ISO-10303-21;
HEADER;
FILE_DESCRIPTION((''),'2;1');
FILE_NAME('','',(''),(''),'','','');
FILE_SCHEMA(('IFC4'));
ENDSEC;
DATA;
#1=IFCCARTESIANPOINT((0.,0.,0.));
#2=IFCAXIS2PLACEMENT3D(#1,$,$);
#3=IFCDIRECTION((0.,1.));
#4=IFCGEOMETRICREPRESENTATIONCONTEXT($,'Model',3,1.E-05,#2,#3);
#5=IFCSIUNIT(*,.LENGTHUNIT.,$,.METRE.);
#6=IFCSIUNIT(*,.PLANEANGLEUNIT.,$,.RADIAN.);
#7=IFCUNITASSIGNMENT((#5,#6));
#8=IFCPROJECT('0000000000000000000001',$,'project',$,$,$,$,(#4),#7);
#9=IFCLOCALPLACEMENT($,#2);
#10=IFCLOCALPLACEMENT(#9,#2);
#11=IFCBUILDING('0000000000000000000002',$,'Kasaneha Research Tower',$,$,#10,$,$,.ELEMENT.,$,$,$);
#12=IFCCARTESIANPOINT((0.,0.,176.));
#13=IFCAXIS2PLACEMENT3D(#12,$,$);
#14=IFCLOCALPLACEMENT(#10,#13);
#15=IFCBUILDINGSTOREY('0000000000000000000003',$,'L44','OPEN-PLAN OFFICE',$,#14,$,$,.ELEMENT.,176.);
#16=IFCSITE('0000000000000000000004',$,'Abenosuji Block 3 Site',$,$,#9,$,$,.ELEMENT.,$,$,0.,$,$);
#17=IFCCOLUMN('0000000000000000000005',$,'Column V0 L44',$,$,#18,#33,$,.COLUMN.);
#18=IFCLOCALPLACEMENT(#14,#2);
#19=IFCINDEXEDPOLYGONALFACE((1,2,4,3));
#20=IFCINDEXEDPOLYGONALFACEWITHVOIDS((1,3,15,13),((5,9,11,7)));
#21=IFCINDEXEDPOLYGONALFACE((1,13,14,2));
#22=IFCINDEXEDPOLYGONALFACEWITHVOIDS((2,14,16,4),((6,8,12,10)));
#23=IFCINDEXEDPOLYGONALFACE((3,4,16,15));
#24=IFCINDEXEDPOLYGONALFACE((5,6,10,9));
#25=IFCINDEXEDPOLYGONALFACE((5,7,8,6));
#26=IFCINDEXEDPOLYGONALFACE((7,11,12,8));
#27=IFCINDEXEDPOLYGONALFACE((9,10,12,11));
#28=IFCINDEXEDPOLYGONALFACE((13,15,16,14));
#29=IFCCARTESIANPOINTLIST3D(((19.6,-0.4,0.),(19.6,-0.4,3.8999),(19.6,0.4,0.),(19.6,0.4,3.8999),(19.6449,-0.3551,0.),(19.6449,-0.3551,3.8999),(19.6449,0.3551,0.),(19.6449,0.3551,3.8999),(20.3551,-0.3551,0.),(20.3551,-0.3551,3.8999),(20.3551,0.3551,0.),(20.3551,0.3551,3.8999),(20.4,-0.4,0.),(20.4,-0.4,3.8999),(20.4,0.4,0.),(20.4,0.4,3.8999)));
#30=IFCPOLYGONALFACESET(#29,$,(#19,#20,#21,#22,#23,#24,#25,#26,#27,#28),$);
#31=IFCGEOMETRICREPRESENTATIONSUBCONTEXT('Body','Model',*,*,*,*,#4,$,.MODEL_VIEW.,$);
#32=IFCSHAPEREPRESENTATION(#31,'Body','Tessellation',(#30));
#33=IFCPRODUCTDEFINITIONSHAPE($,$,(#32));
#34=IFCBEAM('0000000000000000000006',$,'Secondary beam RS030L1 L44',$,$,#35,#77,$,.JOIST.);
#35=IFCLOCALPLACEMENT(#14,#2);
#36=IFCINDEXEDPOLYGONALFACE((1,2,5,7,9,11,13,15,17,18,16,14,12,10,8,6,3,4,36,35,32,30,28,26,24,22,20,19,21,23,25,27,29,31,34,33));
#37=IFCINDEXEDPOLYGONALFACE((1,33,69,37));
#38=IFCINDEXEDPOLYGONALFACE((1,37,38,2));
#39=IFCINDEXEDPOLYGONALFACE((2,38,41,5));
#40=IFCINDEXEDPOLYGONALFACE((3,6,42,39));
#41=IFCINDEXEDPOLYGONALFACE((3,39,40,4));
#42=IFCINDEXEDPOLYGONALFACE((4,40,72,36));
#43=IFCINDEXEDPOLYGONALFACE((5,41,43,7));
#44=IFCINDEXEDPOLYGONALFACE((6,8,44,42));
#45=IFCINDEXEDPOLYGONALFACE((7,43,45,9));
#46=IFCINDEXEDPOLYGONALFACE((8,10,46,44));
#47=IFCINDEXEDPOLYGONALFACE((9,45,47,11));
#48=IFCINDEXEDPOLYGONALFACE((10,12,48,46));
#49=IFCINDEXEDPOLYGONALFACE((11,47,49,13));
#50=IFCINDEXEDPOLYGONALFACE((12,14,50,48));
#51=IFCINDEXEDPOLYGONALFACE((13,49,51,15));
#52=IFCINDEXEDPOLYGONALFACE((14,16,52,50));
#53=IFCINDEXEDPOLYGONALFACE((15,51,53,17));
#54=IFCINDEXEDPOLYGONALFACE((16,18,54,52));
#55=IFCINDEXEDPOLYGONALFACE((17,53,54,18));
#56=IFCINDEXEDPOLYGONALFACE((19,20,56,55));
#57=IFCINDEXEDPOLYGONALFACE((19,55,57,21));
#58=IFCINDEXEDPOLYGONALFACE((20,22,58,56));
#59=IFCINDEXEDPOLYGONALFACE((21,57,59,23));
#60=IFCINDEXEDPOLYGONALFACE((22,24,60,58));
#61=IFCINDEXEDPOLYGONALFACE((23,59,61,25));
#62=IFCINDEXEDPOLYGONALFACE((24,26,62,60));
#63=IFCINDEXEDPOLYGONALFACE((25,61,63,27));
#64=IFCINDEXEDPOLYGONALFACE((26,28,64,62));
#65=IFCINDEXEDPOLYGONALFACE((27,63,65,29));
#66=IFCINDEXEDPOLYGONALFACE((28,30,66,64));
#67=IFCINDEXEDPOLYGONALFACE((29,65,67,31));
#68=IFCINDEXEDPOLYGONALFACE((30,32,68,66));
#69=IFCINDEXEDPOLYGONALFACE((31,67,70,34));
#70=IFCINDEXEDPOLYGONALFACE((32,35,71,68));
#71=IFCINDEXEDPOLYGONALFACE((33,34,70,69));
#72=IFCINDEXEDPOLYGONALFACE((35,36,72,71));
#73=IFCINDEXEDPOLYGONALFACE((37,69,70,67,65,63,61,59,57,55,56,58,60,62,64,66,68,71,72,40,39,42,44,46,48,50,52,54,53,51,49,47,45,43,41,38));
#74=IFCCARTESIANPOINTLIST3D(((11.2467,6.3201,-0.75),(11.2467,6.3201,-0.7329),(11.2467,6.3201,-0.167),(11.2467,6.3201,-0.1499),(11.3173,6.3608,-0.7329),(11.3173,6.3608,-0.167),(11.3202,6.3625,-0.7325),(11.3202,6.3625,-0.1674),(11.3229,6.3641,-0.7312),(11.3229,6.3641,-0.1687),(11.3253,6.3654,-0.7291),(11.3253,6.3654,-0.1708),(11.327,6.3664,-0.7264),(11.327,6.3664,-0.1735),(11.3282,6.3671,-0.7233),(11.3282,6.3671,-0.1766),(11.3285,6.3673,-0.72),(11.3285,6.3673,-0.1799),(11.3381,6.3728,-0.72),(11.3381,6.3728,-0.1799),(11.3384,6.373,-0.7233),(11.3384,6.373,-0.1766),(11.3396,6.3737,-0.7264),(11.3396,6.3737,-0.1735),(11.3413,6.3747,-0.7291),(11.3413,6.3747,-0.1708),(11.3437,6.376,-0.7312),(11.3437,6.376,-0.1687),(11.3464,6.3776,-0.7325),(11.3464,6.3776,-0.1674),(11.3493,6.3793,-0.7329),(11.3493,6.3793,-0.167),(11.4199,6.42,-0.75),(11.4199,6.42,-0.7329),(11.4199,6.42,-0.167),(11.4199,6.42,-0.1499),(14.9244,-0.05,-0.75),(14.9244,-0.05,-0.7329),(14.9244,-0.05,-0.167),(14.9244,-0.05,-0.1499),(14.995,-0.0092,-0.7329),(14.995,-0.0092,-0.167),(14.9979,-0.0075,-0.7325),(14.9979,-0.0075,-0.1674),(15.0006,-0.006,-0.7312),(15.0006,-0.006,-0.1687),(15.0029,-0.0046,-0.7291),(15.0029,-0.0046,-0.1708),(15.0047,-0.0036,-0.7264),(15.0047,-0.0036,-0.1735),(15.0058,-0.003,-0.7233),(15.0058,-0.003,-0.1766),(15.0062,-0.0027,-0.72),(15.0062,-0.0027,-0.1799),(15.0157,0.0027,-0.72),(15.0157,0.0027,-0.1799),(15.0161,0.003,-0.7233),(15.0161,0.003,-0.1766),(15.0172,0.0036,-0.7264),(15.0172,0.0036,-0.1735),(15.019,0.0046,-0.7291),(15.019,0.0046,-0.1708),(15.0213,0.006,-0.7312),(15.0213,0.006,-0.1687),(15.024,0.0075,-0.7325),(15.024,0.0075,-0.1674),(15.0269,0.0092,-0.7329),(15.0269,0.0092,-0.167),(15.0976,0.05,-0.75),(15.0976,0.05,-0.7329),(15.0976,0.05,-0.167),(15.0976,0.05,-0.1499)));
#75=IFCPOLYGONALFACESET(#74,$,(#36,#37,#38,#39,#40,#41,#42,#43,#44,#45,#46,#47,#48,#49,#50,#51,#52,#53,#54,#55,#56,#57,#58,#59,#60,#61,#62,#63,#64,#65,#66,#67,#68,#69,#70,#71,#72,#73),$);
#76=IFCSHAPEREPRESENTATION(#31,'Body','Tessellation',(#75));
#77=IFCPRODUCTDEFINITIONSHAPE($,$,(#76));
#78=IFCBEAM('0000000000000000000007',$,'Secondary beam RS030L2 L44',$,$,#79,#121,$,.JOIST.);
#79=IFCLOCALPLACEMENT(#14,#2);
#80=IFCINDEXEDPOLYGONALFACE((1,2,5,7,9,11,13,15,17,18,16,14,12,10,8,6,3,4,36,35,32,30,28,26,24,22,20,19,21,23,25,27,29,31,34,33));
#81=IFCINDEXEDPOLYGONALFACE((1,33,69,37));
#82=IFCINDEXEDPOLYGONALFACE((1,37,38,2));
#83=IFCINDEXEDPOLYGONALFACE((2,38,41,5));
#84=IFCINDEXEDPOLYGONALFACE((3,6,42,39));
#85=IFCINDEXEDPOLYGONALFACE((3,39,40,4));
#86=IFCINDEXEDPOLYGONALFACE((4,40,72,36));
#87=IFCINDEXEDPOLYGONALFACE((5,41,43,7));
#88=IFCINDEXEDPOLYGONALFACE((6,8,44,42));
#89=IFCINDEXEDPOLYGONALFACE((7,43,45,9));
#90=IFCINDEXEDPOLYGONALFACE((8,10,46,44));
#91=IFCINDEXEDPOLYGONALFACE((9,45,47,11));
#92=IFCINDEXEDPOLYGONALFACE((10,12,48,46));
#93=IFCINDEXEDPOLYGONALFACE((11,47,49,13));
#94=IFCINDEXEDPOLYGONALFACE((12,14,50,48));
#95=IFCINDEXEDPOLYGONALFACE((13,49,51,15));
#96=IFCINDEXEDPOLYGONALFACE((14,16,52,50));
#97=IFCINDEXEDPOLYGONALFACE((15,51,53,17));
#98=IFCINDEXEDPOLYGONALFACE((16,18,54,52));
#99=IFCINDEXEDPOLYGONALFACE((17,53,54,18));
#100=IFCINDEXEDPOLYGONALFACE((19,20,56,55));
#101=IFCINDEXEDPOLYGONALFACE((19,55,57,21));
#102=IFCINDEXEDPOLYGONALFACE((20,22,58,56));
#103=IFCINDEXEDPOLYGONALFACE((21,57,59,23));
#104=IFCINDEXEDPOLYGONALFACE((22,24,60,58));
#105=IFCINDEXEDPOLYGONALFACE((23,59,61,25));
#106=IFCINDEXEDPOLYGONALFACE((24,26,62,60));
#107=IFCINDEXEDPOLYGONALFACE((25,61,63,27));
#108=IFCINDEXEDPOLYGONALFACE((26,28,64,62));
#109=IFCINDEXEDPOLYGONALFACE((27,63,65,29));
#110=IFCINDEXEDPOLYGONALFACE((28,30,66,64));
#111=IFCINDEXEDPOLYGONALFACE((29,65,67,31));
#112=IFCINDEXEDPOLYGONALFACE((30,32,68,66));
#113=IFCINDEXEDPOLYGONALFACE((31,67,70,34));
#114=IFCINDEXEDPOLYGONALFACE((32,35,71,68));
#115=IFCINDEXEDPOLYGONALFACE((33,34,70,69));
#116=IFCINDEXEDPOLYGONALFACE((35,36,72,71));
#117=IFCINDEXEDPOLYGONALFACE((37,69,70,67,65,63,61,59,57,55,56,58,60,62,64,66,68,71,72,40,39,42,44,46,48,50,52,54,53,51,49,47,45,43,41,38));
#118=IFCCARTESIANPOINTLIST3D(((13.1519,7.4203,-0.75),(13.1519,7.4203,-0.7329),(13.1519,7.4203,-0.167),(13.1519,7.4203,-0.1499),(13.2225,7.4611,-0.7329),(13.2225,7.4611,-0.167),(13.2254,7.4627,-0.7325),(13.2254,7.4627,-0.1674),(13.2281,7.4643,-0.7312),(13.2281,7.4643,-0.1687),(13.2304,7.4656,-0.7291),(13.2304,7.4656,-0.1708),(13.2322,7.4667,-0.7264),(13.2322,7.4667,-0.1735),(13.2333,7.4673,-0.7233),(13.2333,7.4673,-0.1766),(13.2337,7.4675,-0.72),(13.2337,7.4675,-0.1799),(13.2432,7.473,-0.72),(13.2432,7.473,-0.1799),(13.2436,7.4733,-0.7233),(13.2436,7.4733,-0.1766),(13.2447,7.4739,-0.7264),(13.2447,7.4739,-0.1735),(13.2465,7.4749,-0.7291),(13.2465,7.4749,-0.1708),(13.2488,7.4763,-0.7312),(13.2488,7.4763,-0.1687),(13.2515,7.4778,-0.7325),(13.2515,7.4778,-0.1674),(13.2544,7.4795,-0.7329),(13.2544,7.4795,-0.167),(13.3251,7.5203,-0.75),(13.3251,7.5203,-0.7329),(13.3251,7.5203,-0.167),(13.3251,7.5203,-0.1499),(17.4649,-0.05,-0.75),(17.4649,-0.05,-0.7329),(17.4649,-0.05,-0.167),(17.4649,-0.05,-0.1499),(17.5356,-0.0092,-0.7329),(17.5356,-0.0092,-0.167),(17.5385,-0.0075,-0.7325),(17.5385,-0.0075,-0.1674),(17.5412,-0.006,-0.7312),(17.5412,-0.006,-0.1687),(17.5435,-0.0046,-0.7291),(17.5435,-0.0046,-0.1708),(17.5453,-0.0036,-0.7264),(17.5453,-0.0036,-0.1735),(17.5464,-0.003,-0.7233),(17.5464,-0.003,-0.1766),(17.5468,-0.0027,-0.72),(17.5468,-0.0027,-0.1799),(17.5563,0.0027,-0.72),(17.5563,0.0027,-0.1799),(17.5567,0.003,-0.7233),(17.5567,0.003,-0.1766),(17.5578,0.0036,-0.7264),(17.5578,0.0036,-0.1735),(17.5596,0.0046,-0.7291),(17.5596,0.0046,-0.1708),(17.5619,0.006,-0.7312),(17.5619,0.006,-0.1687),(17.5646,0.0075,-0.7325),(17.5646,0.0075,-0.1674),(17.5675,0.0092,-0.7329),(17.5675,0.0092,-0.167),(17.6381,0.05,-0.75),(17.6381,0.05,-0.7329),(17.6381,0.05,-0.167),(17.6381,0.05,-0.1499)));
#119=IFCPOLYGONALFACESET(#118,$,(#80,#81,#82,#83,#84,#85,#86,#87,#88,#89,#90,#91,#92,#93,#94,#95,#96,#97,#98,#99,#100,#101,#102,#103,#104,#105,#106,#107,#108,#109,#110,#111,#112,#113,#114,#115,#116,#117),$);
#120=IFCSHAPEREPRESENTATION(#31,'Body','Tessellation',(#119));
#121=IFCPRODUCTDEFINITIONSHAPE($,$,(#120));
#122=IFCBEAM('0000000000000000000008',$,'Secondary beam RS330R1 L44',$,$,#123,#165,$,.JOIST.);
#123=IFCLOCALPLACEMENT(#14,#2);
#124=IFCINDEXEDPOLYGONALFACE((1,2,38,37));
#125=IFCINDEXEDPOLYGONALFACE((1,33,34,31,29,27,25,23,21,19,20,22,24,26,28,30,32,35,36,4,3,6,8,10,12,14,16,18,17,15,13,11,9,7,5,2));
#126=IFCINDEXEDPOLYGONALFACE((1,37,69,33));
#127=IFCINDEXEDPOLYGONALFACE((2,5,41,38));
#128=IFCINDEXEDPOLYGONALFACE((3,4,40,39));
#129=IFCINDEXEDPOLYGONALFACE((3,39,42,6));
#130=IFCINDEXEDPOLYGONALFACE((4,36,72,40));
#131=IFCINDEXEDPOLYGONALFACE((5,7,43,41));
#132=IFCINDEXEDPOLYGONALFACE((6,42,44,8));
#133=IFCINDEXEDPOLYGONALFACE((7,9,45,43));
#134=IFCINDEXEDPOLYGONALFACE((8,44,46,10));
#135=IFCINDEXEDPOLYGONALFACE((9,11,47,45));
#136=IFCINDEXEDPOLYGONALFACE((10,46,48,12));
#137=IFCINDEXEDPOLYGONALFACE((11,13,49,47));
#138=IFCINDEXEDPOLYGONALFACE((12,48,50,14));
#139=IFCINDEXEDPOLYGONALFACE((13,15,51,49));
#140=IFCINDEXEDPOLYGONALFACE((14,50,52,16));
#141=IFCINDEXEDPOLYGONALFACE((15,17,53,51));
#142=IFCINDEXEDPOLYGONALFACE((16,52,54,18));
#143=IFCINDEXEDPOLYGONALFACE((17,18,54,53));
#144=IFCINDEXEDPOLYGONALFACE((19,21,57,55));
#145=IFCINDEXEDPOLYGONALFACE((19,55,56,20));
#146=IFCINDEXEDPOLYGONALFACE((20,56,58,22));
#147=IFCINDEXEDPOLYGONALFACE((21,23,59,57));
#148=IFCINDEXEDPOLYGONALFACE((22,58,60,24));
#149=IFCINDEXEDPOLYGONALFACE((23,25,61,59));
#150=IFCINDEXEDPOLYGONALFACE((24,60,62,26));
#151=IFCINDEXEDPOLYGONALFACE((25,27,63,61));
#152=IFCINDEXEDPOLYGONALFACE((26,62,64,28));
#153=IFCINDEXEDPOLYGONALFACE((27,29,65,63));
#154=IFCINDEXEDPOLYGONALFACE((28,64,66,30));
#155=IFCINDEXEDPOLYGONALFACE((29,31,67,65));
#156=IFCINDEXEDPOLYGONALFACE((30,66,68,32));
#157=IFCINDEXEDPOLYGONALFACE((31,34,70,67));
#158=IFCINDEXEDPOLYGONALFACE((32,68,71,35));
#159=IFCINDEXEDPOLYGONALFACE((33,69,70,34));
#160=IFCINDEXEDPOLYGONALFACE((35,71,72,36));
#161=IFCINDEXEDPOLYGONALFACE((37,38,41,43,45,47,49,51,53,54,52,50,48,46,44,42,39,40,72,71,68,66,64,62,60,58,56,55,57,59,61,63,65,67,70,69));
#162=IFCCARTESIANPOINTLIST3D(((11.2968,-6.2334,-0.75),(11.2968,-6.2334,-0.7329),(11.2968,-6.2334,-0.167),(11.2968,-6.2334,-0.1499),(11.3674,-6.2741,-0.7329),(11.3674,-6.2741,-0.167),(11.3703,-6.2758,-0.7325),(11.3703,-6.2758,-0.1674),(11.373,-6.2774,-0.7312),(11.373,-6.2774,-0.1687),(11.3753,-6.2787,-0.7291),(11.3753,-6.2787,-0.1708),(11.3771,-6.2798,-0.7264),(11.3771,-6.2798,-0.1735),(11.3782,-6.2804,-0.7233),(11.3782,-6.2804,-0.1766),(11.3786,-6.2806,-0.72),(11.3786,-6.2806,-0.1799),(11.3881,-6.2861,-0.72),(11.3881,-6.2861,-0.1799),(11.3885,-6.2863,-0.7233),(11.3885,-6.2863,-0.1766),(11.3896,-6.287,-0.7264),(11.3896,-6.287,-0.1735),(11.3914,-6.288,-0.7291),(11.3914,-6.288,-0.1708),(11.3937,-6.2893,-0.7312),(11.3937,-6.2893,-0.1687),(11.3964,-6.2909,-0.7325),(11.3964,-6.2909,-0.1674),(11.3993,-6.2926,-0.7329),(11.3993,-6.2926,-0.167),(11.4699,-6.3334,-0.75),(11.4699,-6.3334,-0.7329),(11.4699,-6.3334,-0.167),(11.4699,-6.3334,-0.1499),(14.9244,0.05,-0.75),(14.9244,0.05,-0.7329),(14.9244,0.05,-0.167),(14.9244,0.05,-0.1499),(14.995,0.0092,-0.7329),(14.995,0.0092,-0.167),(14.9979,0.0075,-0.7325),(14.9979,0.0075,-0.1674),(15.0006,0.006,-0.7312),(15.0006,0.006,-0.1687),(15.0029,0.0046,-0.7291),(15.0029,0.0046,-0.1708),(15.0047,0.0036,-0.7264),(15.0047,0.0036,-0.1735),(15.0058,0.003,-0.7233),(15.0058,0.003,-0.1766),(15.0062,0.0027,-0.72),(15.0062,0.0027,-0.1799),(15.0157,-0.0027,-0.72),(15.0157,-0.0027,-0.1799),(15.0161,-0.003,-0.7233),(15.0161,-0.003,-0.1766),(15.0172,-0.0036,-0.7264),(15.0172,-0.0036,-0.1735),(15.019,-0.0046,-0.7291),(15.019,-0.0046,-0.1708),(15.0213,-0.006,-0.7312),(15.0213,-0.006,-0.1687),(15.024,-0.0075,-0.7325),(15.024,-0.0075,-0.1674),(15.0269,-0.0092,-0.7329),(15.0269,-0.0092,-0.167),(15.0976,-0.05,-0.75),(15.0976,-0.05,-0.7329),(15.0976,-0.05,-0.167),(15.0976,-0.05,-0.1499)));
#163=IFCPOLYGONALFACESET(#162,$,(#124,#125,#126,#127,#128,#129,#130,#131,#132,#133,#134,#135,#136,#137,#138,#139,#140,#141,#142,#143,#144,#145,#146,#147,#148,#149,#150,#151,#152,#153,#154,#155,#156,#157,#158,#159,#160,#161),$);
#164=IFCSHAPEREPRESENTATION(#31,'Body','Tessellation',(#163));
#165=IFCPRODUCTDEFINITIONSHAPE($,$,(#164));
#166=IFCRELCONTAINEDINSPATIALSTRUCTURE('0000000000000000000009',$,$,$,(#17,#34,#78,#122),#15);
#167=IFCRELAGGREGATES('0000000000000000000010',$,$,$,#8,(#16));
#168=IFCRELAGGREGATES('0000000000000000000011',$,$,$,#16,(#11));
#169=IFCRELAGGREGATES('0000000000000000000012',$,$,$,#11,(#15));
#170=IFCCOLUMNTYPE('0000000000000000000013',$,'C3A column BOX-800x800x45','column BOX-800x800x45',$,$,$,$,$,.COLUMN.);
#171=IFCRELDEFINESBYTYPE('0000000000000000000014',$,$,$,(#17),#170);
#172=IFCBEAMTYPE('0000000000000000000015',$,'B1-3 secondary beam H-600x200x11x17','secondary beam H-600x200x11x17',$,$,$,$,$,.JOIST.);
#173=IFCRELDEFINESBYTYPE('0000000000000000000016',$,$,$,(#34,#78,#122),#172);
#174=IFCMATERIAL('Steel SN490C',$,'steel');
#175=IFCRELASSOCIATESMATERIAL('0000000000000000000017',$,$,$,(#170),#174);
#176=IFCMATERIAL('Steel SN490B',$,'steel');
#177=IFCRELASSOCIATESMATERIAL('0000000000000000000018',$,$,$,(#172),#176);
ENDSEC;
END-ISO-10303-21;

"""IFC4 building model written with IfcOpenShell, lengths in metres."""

from ifc_helpers import new_model, si_unit, direction, frame, origin, origin_2d, place, context, subcontext, project, spatial, hollow_rectangle, i_section, extrude, material, material_profile, profile_set, type_object, element, save


model = new_model("IFC4")

# Units and contexts
model_context = context("Model", 3, precision=1e-05, world=origin(), true_north=direction((0.0, 1.0)))
body_context = subcontext(model_context, "Body", "Model", "MODEL_VIEW")
ifc_project = project(units=[si_unit("LENGTHUNIT", "METRE"), si_unit("PLANEANGLEUNIT", "RADIAN")], contexts=[model_context])

# Site, building, storey
site_placement = place(None, origin())
site = spatial("IfcSite", under=ifc_project, at=site_placement, Name="Abenosuji Block 3 Site", CompositionType="ELEMENT", RefElevation=0.0)
building_placement = place(site_placement, origin())
building = spatial("IfcBuilding", under=site, at=building_placement, Name="Kasaneha Research Tower", CompositionType="ELEMENT")
storey_placement = place(building_placement, frame((0.0, 0.0, 176.0)))
storey = spatial("IfcBuildingStorey", under=building, at=storey_placement, Name="L44", Description="OPEN-PLAN OFFICE", CompositionType="ELEMENT", Elevation=176.0)

# Column
ifc_material_1 = material(Name="Steel SN490C", Category="steel")
ifc_material_profile_1 = material_profile(ifc_material_1, hollow_rectangle(XDim=0.8, YDim=0.8, WallThickness=0.0449, at=origin_2d()), Name="BOX-800x800x45")
ifc_profile_set_1 = profile_set([ifc_material_profile_1], Name="Steel SN490C")
column_type = type_object("IfcColumnType", Name="C3A column BOX-800x800x45", Description="column BOX-800x800x45", PredefinedType="COLUMN", material=ifc_profile_set_1)
column_placement = place(storey_placement, frame((20.0, 0.0, 0.0), z_axis=(0.0, 0.0, 1.0), x_axis=(1.0, 0.0, 0.0)))
element("IfcColumn", 1, at=column_placement, inside=storey, type_object=column_type, Name="Column V0 L44", PredefinedType="COLUMN", context=body_context, shape_type="SweptSolid", body=[
    extrude(hollow_rectangle(XDim=0.8, YDim=0.8, WallThickness=0.0449, at=origin_2d()), origin(), (0.0, 0.0, 1.0), 3.8999),
])

# Beams
ifc_material_2 = material(Name="Steel SN490B", Category="steel")
ifc_material_profile_2 = material_profile(ifc_material_2, i_section(OverallWidth=0.2, OverallDepth=0.6001, WebThickness=0.011, FlangeThickness=0.0171, FilletRadius=0.0129, at=origin_2d()), Name="H-600x200x11x17")
ifc_profile_set_2 = profile_set([ifc_material_profile_2], Name="Steel SN490B")
beam_type_1 = type_object("IfcBeamType", Name="B1-3 secondary beam H-600x200x11x17", Description="secondary beam H-600x200x11x17", PredefinedType="JOIST", material=ifc_profile_set_2)
beam_1_placement = place(storey_placement, frame((15.011, 0.0, -0.45), z_axis=(-0.499994, 0.866029, 0.0), x_axis=(-0.866029, -0.499994, 0.0)))
element("IfcBeam", 2, at=beam_1_placement, inside=storey, type_object=beam_type_1, Name="Secondary beam RS030L1 L44", PredefinedType="JOIST", context=body_context, shape_type="SweptSolid", body=[
    extrude(i_section(OverallWidth=0.2, OverallDepth=0.6001, WebThickness=0.011, FlangeThickness=0.0171, FilletRadius=0.0129, at=origin_2d()), origin(), (0.0, 0.0, 1.0), 7.3555),
])
beam_2_placement = place(storey_placement, frame((17.5515, 0.0, -0.45), z_axis=(-0.500005, 0.866023, 0.0), x_axis=(-0.866023, -0.500005, 0.0)))
element("IfcBeam", 3, at=beam_2_placement, inside=storey, type_object=beam_type_1, Name="Secondary beam RS030L2 L44", PredefinedType="JOIST", context=body_context, shape_type="SweptSolid", body=[
    extrude(i_section(OverallWidth=0.2, OverallDepth=0.6001, WebThickness=0.011, FlangeThickness=0.0171, FilletRadius=0.0129, at=origin_2d()), origin(), (0.0, 0.0, 1.0), 8.626),
])
beam_3_placement = place(storey_placement, frame((15.011, 0.0, -0.45), z_axis=(-0.499993, -0.866029, 0.0), x_axis=(0.866029, -0.499993, 0.0)))
element("IfcBeam", 4, at=beam_3_placement, inside=storey, type_object=beam_type_1, Name="Secondary beam RS330R1 L44", PredefinedType="JOIST", context=body_context, shape_type="SweptSolid", body=[
    extrude(i_section(OverallWidth=0.2, OverallDepth=0.6001, WebThickness=0.011, FlangeThickness=0.0171, FilletRadius=0.0129, at=origin_2d()), origin(), (0.0, 0.0, 1.0), 7.2554),
])

save(model, "model.ifc")
